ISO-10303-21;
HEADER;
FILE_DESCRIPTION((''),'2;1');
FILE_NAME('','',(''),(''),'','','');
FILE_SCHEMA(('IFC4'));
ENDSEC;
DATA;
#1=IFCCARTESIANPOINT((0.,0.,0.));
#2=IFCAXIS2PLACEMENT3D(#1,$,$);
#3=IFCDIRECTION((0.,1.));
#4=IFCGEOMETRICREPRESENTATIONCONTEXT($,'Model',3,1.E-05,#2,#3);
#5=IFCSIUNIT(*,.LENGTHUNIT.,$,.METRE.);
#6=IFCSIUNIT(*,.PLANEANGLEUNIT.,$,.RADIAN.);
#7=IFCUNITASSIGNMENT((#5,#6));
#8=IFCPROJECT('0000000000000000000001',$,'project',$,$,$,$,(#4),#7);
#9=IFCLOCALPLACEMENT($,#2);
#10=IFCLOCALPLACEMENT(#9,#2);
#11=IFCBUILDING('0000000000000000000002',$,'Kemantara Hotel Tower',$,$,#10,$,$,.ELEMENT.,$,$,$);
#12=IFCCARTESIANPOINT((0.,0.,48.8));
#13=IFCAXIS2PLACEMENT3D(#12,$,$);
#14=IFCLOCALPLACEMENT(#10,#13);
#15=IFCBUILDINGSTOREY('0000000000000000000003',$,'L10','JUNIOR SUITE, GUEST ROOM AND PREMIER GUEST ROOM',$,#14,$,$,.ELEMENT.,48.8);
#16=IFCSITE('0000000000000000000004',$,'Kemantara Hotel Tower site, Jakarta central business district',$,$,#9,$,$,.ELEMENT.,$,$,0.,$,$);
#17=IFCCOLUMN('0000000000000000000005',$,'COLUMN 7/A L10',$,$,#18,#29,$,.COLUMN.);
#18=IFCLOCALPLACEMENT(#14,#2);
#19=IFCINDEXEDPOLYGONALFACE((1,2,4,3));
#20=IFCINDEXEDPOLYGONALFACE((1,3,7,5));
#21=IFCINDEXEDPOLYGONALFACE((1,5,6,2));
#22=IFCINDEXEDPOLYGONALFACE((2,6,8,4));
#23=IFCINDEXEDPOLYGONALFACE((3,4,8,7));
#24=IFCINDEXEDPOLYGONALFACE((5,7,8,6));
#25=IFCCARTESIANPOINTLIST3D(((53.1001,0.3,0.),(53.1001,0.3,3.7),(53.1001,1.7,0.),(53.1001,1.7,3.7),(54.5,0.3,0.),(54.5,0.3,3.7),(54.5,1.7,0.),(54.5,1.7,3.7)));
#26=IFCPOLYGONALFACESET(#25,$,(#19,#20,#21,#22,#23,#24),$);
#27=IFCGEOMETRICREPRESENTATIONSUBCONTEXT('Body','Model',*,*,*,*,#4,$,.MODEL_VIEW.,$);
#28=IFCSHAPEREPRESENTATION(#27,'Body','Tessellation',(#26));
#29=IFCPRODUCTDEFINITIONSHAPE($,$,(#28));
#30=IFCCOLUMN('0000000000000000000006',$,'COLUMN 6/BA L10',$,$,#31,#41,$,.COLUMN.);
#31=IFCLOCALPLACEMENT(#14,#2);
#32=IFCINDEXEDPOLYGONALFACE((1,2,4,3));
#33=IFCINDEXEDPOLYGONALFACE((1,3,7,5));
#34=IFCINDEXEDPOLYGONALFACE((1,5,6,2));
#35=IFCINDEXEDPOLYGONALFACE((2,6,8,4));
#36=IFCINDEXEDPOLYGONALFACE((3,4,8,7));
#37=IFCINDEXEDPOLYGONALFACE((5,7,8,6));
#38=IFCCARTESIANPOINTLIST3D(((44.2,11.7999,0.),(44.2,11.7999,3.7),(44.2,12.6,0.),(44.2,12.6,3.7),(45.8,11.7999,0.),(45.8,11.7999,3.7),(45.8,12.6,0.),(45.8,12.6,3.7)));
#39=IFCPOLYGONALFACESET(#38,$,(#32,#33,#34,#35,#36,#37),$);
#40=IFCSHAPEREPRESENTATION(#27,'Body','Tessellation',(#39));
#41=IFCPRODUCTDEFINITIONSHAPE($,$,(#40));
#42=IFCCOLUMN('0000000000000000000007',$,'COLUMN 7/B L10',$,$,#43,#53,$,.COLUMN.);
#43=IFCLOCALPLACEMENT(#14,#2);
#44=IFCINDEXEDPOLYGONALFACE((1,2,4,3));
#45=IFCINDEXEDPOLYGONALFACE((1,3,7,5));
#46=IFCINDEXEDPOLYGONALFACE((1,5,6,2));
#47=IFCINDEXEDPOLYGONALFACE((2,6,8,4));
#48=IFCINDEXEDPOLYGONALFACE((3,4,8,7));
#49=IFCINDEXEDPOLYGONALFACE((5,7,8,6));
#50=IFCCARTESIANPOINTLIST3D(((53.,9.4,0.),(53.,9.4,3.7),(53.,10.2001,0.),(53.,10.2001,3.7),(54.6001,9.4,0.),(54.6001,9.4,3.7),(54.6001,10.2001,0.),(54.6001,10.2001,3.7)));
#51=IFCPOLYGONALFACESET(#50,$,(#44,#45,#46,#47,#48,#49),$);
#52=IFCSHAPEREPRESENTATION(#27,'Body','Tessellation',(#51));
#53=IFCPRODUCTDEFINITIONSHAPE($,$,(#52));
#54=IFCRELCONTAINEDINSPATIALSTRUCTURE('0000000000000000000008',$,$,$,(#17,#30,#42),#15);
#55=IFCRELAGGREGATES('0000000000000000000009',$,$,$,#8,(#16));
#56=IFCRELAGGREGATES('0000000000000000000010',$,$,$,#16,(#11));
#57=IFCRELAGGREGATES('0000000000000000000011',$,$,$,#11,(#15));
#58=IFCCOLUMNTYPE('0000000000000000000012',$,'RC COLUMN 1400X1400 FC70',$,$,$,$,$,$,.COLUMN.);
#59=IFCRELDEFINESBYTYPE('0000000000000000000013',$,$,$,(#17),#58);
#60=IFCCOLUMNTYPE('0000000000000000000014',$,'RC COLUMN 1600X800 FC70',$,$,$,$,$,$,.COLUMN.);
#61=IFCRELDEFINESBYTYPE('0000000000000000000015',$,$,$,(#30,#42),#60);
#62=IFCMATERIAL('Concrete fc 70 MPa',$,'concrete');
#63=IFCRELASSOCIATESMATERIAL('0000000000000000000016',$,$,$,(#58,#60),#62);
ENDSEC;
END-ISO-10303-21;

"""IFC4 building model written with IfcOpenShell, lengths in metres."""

from ifc_helpers import new_model, si_unit, direction, frame, origin, origin_2d, place, context, subcontext, project, spatial, rectangle, extrude, material, material_profile, profile_set, type_object, element, save


model = new_model("IFC4")

# Units and contexts
model_context = context("Model", 3, precision=1e-05, world=origin(), true_north=direction((0.0, 1.0)))
body_context = subcontext(model_context, "Body", "Model", "MODEL_VIEW")
ifc_project = project(units=[si_unit("LENGTHUNIT", "METRE"), si_unit("PLANEANGLEUNIT", "RADIAN")], contexts=[model_context])

# Site, building, storey
site_placement = place(None, origin())
site = spatial("IfcSite", under=ifc_project, at=site_placement, Name="Kemantara Hotel Tower site, Jakarta central business district", CompositionType="ELEMENT", RefElevation=0.0)
building_placement = place(site_placement, origin())
building = spatial("IfcBuilding", under=site, at=building_placement, Name="Kemantara Hotel Tower", CompositionType="ELEMENT")
storey_placement = place(building_placement, frame((0.0, 0.0, 48.8)))
storey = spatial("IfcBuildingStorey", under=building, at=storey_placement, Name="L10", Description="JUNIOR SUITE, GUEST ROOM AND PREMIER GUEST ROOM", CompositionType="ELEMENT", Elevation=48.8)

# Columns
ifc_material_1 = material(Name="Concrete fc 70 MPa", Category="concrete")
ifc_material_profile_1 = material_profile(ifc_material_1, rectangle(XDim=1.3999, YDim=1.3999, at=origin_2d()), Name="RC 1400X1400")
ifc_profile_set_1 = profile_set([ifc_material_profile_1], Name="Concrete fc 70 MPa")
column_type_1 = type_object("IfcColumnType", Name="RC COLUMN 1400X1400 FC70", PredefinedType="COLUMN", material=ifc_profile_set_1)
column_placement = place(storey_placement, frame((53.8, 1.0, 0.0), z_axis=(0.0, 0.0, 1.0), x_axis=(1.0, 0.0, 0.0)))
element("IfcColumn", 1, at=column_placement, inside=storey, type_object=column_type_1, Name="COLUMN 7/A L10", PredefinedType="COLUMN", context=body_context, shape_type="SweptSolid", body=[
    extrude(rectangle(XDim=1.3999, YDim=1.3999, at=origin_2d()), origin(), (0.0, 0.0, 1.0), 3.7),
])
ifc_material_profile_2 = material_profile(ifc_material_1, rectangle(XDim=1.6001, YDim=0.8, at=origin_2d()), Name="RC 1600X800")
ifc_profile_set_2 = profile_set([ifc_material_profile_2], Name="Concrete fc 70 MPa")
column_type_2 = type_object("IfcColumnType", Name="RC COLUMN 1600X800 FC70", PredefinedType="COLUMN", material=ifc_profile_set_2)
for number, where, z_axis, x_axis, name in (
    (2, (45.0, 12.2, 0.0), (0.0, 0.0, 1.0), (1.0, 0.0, 0.0), "COLUMN 6/BA L10"),
    (3, (53.8, 9.8, 0.0), (0.0, 0.0, 1.0), (1.0, 0.0, 0.0), "COLUMN 7/B L10"),
):
    element("IfcColumn", number, at=place(storey_placement, frame(where, z_axis=z_axis, x_axis=x_axis)), inside=storey, type_object=column_type_2, Name=name, PredefinedType="COLUMN", context=body_context, shape_type="SweptSolid", body=[
        extrude(rectangle(XDim=1.6001, YDim=0.8, at=origin_2d()), origin(), (0.0, 0.0, 1.0), 3.7),
    ])

save(model, "model.ifc")
